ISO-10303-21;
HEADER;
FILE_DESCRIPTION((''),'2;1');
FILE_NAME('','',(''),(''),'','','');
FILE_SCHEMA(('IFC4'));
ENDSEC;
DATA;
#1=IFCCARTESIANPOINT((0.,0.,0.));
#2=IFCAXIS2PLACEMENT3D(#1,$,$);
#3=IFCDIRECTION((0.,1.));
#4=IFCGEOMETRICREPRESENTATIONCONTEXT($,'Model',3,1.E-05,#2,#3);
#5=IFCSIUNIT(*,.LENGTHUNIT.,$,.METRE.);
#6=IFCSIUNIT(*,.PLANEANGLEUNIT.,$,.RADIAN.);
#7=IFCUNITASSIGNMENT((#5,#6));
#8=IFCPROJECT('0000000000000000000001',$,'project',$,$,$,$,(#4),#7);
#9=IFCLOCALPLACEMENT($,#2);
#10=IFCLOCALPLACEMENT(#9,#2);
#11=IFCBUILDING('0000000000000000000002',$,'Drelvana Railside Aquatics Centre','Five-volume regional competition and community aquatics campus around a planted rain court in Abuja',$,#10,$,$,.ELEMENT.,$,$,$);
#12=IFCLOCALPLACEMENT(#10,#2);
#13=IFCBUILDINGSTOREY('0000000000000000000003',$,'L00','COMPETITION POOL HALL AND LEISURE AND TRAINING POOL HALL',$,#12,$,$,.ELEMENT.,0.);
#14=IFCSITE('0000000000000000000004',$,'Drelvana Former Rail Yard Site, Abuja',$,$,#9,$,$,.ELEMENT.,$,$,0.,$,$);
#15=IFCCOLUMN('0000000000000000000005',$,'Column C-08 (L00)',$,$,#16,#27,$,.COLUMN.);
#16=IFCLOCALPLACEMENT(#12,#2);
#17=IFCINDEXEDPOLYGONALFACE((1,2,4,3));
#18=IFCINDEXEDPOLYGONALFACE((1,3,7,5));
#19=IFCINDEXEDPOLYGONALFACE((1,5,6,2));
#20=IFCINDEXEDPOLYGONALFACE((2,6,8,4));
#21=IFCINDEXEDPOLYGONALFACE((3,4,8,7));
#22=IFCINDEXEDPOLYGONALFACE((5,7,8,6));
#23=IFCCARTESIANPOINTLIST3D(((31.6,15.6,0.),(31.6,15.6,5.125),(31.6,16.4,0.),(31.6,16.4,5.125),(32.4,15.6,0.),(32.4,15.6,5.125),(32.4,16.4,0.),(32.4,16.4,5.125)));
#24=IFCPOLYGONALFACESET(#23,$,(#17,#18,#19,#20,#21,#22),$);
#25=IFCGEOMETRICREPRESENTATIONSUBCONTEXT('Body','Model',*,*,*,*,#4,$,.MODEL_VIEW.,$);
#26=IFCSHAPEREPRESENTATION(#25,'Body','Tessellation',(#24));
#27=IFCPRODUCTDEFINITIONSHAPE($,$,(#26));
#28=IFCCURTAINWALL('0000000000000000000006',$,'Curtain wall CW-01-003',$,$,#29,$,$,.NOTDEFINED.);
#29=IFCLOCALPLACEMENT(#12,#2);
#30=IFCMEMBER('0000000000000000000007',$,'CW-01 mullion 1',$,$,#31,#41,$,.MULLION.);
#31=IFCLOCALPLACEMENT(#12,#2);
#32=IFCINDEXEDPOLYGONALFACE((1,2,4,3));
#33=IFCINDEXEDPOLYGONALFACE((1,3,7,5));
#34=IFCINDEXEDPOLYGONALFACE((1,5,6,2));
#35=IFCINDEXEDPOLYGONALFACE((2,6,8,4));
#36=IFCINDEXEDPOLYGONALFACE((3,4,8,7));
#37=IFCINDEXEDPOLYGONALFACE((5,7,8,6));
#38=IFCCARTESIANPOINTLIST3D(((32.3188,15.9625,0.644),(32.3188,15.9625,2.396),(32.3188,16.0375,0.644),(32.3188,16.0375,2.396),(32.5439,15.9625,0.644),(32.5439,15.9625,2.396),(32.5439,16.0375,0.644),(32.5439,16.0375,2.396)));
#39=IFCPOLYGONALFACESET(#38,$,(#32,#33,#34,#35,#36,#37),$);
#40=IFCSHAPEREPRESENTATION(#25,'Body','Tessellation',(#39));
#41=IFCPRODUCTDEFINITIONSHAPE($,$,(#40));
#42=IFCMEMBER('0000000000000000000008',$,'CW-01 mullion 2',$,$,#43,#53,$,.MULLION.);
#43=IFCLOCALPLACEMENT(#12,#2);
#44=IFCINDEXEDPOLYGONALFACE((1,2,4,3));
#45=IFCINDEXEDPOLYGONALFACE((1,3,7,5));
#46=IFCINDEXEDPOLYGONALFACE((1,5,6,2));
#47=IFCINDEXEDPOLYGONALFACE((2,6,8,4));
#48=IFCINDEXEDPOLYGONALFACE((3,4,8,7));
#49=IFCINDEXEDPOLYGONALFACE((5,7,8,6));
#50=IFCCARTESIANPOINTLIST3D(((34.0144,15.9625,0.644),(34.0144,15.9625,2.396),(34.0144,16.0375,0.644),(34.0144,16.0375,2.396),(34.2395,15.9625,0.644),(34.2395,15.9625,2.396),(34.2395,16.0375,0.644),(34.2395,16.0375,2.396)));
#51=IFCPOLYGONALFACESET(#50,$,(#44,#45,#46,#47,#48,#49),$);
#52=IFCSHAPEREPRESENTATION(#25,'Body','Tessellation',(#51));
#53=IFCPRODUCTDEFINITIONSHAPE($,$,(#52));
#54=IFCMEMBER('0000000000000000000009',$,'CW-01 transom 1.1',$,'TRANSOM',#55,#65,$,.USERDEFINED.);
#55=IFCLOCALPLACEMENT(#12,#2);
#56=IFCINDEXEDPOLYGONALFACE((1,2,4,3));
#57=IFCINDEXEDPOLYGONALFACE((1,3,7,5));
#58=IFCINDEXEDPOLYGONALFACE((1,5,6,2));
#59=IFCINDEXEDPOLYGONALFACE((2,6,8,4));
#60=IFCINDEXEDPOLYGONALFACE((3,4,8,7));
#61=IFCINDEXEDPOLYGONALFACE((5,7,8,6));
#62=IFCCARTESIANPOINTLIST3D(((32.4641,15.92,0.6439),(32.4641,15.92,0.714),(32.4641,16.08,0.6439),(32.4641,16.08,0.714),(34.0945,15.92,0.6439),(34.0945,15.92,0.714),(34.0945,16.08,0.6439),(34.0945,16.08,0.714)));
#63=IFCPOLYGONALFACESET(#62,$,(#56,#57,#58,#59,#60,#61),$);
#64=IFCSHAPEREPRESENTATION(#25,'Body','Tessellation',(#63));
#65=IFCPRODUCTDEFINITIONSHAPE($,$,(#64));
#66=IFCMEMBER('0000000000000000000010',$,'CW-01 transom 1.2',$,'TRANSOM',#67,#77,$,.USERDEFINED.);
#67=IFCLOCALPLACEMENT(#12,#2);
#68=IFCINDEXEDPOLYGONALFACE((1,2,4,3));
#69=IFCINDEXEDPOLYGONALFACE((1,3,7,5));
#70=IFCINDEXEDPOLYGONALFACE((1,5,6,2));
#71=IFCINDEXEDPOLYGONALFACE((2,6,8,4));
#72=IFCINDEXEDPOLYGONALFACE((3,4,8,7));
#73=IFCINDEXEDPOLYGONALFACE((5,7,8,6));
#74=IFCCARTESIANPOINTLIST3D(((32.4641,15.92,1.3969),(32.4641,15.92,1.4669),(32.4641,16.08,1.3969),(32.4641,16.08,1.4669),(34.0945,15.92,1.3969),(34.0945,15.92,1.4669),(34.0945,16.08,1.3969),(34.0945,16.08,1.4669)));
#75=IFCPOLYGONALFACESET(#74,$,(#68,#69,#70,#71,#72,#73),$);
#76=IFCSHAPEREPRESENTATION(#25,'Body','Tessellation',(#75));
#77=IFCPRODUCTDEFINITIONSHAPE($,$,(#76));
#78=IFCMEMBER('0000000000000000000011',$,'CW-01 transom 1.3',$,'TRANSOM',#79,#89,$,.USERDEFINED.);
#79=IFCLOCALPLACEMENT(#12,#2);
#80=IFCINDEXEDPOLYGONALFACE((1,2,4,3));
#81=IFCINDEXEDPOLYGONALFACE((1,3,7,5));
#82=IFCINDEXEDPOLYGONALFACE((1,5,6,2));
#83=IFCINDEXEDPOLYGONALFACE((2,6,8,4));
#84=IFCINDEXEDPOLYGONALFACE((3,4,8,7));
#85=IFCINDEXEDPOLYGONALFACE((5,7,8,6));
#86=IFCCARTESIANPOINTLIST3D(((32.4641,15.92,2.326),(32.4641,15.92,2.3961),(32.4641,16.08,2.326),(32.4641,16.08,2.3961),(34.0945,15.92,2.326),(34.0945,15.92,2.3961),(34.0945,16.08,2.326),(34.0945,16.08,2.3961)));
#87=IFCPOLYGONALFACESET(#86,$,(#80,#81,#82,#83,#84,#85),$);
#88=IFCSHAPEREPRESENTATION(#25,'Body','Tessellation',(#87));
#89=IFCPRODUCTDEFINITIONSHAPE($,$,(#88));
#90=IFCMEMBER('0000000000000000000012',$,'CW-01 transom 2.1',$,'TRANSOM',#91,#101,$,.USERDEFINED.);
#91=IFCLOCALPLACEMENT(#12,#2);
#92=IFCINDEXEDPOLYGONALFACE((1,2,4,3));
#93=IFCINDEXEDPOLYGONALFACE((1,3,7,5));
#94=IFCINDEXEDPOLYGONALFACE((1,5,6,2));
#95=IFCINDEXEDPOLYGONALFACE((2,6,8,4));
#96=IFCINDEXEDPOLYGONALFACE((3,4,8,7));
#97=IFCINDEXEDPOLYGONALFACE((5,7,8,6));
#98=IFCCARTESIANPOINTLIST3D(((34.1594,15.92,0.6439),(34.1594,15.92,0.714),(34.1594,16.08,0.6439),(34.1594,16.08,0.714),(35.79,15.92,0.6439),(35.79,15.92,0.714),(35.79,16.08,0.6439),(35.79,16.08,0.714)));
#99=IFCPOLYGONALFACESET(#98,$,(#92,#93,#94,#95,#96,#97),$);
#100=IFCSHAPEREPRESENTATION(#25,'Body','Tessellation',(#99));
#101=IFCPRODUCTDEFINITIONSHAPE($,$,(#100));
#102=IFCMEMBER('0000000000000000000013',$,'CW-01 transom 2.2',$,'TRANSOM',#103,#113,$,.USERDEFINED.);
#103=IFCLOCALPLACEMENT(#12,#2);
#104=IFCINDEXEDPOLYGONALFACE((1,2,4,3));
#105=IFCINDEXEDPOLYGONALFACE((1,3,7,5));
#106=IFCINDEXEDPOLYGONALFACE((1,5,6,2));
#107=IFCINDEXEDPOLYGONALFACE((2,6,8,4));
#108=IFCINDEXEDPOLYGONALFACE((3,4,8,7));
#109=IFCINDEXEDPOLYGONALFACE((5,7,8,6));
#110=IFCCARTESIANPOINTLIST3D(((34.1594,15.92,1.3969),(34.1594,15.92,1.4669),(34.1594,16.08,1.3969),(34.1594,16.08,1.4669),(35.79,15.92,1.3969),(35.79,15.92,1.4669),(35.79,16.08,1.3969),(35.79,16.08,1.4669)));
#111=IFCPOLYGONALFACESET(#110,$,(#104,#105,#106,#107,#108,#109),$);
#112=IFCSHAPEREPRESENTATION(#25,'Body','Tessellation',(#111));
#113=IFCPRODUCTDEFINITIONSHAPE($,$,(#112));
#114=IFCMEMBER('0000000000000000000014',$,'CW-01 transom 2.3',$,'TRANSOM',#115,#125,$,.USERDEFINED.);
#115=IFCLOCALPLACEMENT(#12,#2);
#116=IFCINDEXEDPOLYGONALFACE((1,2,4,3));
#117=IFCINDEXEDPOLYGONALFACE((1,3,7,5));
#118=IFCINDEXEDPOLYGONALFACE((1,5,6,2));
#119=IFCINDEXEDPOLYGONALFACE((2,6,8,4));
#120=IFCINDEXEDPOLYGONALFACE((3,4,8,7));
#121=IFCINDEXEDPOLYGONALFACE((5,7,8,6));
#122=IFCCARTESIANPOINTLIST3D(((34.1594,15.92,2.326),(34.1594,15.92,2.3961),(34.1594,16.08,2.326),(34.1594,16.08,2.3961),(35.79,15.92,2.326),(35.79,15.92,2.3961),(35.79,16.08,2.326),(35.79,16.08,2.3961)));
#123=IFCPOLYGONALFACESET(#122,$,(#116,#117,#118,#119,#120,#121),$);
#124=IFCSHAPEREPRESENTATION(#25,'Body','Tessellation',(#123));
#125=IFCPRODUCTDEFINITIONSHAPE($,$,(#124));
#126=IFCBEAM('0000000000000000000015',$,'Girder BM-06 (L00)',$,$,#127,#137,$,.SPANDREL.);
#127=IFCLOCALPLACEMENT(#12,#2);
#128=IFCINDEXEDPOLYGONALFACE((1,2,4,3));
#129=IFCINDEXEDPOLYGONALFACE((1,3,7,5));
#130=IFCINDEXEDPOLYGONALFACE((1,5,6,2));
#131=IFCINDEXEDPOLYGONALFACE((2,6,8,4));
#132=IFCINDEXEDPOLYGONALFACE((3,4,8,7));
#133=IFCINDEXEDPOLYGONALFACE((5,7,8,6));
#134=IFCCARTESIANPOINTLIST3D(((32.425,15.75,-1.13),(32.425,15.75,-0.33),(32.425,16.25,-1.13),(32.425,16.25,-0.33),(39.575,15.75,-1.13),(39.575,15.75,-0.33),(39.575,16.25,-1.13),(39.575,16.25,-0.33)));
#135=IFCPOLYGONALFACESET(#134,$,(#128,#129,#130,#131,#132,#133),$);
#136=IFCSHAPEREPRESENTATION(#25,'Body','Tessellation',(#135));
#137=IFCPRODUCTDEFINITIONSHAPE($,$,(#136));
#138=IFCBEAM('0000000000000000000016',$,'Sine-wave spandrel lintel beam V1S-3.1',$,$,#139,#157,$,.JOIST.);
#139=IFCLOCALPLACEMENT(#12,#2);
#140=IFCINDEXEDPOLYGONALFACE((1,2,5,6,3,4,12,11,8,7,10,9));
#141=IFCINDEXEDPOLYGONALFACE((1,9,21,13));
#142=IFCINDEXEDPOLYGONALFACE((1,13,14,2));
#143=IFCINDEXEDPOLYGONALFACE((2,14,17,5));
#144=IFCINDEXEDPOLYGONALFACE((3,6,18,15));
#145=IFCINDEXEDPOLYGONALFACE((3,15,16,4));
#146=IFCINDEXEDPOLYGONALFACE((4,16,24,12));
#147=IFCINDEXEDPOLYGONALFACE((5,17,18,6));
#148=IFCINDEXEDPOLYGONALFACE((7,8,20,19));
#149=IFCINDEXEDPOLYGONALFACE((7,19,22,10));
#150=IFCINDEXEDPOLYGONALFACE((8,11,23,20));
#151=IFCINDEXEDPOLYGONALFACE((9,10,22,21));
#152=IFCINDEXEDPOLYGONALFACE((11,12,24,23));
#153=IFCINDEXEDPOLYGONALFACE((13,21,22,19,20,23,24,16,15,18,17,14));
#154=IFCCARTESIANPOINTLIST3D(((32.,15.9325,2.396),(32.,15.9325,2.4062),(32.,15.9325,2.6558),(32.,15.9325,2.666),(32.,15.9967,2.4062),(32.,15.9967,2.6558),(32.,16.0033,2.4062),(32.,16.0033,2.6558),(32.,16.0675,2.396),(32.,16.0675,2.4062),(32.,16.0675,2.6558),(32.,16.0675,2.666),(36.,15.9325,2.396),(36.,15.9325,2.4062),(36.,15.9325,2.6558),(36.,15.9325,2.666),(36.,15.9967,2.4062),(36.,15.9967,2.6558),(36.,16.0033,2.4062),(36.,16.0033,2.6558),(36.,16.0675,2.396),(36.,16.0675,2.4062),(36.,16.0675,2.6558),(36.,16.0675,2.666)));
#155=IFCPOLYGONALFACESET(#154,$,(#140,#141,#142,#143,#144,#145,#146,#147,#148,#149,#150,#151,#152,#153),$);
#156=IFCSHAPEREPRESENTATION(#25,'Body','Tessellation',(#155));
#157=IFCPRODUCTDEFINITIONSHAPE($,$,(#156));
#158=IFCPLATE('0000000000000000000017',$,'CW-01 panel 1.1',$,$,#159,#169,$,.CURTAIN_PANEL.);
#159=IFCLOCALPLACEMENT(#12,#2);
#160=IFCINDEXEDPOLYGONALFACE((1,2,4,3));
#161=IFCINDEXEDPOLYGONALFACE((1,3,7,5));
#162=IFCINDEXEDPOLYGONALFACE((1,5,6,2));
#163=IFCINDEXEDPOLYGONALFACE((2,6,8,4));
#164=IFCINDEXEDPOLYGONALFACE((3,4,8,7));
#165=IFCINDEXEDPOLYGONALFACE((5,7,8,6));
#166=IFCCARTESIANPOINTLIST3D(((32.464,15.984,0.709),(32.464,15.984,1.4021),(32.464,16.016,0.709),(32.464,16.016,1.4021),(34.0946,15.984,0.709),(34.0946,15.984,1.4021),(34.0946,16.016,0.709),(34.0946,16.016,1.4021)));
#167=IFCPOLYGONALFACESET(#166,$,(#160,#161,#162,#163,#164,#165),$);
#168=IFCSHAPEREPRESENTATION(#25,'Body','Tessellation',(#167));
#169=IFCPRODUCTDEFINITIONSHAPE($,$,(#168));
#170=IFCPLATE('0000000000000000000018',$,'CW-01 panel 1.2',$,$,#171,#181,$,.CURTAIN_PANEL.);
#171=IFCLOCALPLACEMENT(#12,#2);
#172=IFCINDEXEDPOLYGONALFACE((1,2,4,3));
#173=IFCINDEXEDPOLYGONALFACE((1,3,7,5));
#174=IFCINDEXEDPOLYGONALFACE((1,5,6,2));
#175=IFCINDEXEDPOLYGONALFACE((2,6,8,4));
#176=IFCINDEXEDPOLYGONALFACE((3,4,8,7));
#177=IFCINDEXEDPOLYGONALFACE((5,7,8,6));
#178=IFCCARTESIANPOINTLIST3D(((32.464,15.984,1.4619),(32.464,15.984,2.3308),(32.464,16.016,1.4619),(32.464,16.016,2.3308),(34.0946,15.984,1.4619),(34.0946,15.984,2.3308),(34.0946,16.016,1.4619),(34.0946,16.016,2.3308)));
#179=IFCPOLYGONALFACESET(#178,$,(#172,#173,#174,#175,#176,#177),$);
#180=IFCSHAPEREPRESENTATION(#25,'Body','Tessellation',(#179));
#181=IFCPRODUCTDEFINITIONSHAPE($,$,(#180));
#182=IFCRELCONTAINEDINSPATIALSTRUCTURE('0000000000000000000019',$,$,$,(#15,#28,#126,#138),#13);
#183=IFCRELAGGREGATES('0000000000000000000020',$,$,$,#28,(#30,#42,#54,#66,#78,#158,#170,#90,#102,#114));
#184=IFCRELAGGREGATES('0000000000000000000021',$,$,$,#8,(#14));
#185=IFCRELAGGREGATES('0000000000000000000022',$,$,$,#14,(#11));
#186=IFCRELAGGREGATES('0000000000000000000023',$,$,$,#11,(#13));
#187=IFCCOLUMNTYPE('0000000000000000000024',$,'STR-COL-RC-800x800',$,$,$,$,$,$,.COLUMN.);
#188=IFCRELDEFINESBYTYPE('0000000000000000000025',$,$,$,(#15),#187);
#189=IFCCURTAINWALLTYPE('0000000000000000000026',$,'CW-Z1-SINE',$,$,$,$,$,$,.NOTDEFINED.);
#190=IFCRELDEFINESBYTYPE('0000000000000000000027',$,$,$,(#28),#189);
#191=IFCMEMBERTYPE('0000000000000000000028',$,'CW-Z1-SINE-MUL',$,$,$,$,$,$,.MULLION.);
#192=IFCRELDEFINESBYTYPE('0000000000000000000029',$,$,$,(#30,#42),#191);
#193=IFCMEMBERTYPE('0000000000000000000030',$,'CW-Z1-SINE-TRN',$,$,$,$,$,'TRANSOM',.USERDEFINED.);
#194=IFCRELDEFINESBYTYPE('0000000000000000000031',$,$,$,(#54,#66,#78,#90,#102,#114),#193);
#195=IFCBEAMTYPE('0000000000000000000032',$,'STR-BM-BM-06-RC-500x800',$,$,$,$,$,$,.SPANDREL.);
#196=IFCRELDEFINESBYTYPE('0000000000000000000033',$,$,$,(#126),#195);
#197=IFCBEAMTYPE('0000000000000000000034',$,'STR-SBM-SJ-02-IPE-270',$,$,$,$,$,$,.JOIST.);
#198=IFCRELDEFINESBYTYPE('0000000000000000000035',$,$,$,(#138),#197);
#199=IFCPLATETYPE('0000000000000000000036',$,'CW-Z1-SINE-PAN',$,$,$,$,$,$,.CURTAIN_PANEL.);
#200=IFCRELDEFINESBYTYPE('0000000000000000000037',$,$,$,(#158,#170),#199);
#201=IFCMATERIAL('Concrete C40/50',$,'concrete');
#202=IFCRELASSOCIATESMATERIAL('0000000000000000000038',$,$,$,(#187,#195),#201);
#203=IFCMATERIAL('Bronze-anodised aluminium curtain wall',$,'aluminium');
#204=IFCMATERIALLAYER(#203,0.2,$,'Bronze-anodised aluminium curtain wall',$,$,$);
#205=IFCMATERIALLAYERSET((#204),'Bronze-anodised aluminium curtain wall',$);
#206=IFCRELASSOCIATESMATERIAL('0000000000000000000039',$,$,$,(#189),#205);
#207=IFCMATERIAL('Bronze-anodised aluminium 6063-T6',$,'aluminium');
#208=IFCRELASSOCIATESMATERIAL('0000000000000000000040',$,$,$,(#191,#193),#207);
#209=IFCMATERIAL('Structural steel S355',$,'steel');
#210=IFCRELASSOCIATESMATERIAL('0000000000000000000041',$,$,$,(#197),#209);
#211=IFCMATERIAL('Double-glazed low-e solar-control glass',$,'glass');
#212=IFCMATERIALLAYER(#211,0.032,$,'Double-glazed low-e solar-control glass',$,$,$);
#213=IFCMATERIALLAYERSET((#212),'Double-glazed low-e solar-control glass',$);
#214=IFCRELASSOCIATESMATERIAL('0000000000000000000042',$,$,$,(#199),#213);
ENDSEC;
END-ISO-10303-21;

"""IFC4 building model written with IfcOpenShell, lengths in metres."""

from ifc_helpers import new_model, si_unit, direction, frame, origin, origin_2d, place, context, subcontext, project, spatial, rectangle, i_section, extrude, material, layer, layer_set, material_profile, profile_set, type_object, element, aggregate, save


model = new_model("IFC4")

# Units and contexts
model_context = context("Model", 3, precision=1e-05, world=origin(), true_north=direction((0.0, 1.0)))
body_context = subcontext(model_context, "Body", "Model", "MODEL_VIEW")
ifc_project = project(units=[si_unit("LENGTHUNIT", "METRE"), si_unit("PLANEANGLEUNIT", "RADIAN")], contexts=[model_context])

# Site, building, storey
site_placement = place(None, origin())
site = spatial("IfcSite", under=ifc_project, at=site_placement, Name="Drelvana Former Rail Yard Site, Abuja", CompositionType="ELEMENT", RefElevation=0.0)
building_placement = place(site_placement, origin())
building = spatial("IfcBuilding", under=site, at=building_placement, Name="Drelvana Railside Aquatics Centre", Description="Five-volume regional competition and community aquatics campus around a planted rain court in Abuja", CompositionType="ELEMENT")
storey_placement = place(building_placement, origin())
storey = spatial("IfcBuildingStorey", under=building, at=storey_placement, Name="L00", Description="COMPETITION POOL HALL AND LEISURE AND TRAINING POOL HALL", CompositionType="ELEMENT", Elevation=0.0)

# Column
ifc_material_1 = material(Name="Concrete C40/50", Category="concrete")
ifc_material_profile_1 = material_profile(ifc_material_1, rectangle(XDim=0.8, YDim=0.8, at=origin_2d()), Name="RC 800x800")
ifc_profile_set_1 = profile_set([ifc_material_profile_1], Name="Concrete C40/50")
column_type = type_object("IfcColumnType", Name="STR-COL-RC-800x800", PredefinedType="COLUMN", material=ifc_profile_set_1)
column_placement = place(storey_placement, frame((32.0, 16.0, 0.0), z_axis=(0.0, 0.0, 1.0), x_axis=(1.0, 0.0, 0.0)))
element("IfcColumn", 1, at=column_placement, inside=storey, type_object=column_type, Name="Column C-08 (L00)", PredefinedType="COLUMN", context=body_context, shape_type="SweptSolid", body=[
    extrude(rectangle(XDim=0.8, YDim=0.8, at=origin_2d()), origin(), (0.0, 0.0, 1.0), 5.125),
])

# Curtain wall, members
ifc_material_2 = material(Name="Bronze-anodised aluminium curtain wall", Category="aluminium")
ifc_layer_1 = layer(ifc_material_2, 0.2, Name="Bronze-anodised aluminium curtain wall")
ifc_layer_set_1 = layer_set([ifc_layer_1], Name="Bronze-anodised aluminium curtain wall")
curtain_wall_type = type_object("IfcCurtainWallType", Name="CW-Z1-SINE", PredefinedType="NOTDEFINED", material=ifc_layer_set_1)
curtain_wall_placement = place(storey_placement, origin())
curtain_wall = element("IfcCurtainWall", 2, at=curtain_wall_placement, inside=storey, type_object=curtain_wall_type, Name="Curtain wall CW-01-003", PredefinedType="NOTDEFINED")
ifc_material_3 = material(Name="Bronze-anodised aluminium 6063-T6", Category="aluminium")
ifc_material_profile_2 = material_profile(ifc_material_3, rectangle(XDim=0.075, YDim=0.2251, at=origin_2d()), Name="ALU-M 75x225")
ifc_profile_set_2 = profile_set([ifc_material_profile_2], Name="Bronze-anodised aluminium 6063-T6")
member_type_1 = type_object("IfcMemberType", Name="CW-Z1-SINE-MUL", PredefinedType="MULLION", material=ifc_profile_set_2)
member_1_placement = place(storey_placement, frame((32.4314, 16.0, 0.644), z_axis=(0.0, 0.0, 1.0), x_axis=(0.0, 1.0, 0.0)))
member_1 = element("IfcMember", 3, at=member_1_placement, type_object=member_type_1, Name="CW-01 mullion 1", PredefinedType="MULLION", context=body_context, shape_type="SweptSolid", body=[
    extrude(rectangle(XDim=0.075, YDim=0.2251, at=origin_2d()), origin(), (0.0, 0.0, 1.0), 1.752),
])
member_2_placement = place(storey_placement, frame((34.127, 16.0, 0.644), z_axis=(0.0, 0.0, 1.0), x_axis=(0.0, 1.0, 0.0)))
member_2 = element("IfcMember", 4, at=member_2_placement, type_object=member_type_1, Name="CW-01 mullion 2", PredefinedType="MULLION", context=body_context, shape_type="SweptSolid", body=[
    extrude(rectangle(XDim=0.075, YDim=0.2251, at=origin_2d()), origin(), (0.0, 0.0, 1.0), 1.752),
])
ifc_material_profile_3 = material_profile(ifc_material_3, rectangle(XDim=0.1599, YDim=0.0701, at=origin_2d()), Name="ALU-T 70x160")
ifc_profile_set_3 = profile_set([ifc_material_profile_3], Name="Bronze-anodised aluminium 6063-T6")
member_type_2 = type_object("IfcMemberType", Name="CW-Z1-SINE-TRN", ElementType="TRANSOM", PredefinedType="USERDEFINED", material=ifc_profile_set_3)
member_3_placement = place(storey_placement, frame((32.4641, 16.0, 0.679), z_axis=(1.0, 0.0, 0.0), x_axis=(0.0, 1.0, 0.0)))
member_3 = element("IfcMember", 5, at=member_3_placement, type_object=member_type_2, Name="CW-01 transom 1.1", ObjectType="TRANSOM", PredefinedType="USERDEFINED", context=body_context, shape_type="SweptSolid", body=[
    extrude(rectangle(XDim=0.1599, YDim=0.0701, at=origin_2d()), origin(), (0.0, 0.0, 1.0), 1.6304),
])
member_4_placement = place(storey_placement, frame((32.4641, 16.0, 1.4319), z_axis=(1.0, 0.0, 0.0), x_axis=(0.0, 1.0, 0.0)))
member_4 = element("IfcMember", 6, at=member_4_placement, type_object=member_type_2, Name="CW-01 transom 1.2", ObjectType="TRANSOM", PredefinedType="USERDEFINED", context=body_context, shape_type="SweptSolid", body=[
    extrude(rectangle(XDim=0.1599, YDim=0.0701, at=origin_2d()), origin(), (0.0, 0.0, 1.0), 1.6304),
])
member_5_placement = place(storey_placement, frame((32.4641, 16.0, 2.3611), z_axis=(1.0, 0.0, 0.0), x_axis=(0.0, 1.0, 0.0)))
member_5 = element("IfcMember", 7, at=member_5_placement, type_object=member_type_2, Name="CW-01 transom 1.3", ObjectType="TRANSOM", PredefinedType="USERDEFINED", context=body_context, shape_type="SweptSolid", body=[
    extrude(rectangle(XDim=0.1599, YDim=0.0701, at=origin_2d()), origin(), (0.0, 0.0, 1.0), 1.6304),
])
member_6_placement = place(storey_placement, frame((34.1594, 16.0, 0.679), z_axis=(1.0, 0.0, 0.0), x_axis=(0.0, 1.0, 0.0)))
member_6 = element("IfcMember", 8, at=member_6_placement, type_object=member_type_2, Name="CW-01 transom 2.1", ObjectType="TRANSOM", PredefinedType="USERDEFINED", context=body_context, shape_type="SweptSolid", body=[
    extrude(rectangle(XDim=0.1599, YDim=0.0701, at=origin_2d()), origin(), (0.0, 0.0, 1.0), 1.6306),
])
member_7_placement = place(storey_placement, frame((34.1594, 16.0, 1.4319), z_axis=(1.0, 0.0, 0.0), x_axis=(0.0, 1.0, 0.0)))
member_7 = element("IfcMember", 9, at=member_7_placement, type_object=member_type_2, Name="CW-01 transom 2.2", ObjectType="TRANSOM", PredefinedType="USERDEFINED", context=body_context, shape_type="SweptSolid", body=[
    extrude(rectangle(XDim=0.1599, YDim=0.0701, at=origin_2d()), origin(), (0.0, 0.0, 1.0), 1.6306),
])
member_8_placement = place(storey_placement, frame((34.1594, 16.0, 2.3611), z_axis=(1.0, 0.0, 0.0), x_axis=(0.0, 1.0, 0.0)))
member_8 = element("IfcMember", 10, at=member_8_placement, type_object=member_type_2, Name="CW-01 transom 2.3", ObjectType="TRANSOM", PredefinedType="USERDEFINED", context=body_context, shape_type="SweptSolid", body=[
    extrude(rectangle(XDim=0.1599, YDim=0.0701, at=origin_2d()), origin(), (0.0, 0.0, 1.0), 1.6306),
])

# Beams
ifc_material_profile_4 = material_profile(ifc_material_1, rectangle(XDim=0.5, YDim=0.8, at=origin_2d()), Name="RC 500x800")
ifc_profile_set_4 = profile_set([ifc_material_profile_4], Name="Concrete C40/50")
beam_type_1 = type_object("IfcBeamType", Name="STR-BM-BM-06-RC-500x800", PredefinedType="SPANDREL", material=ifc_profile_set_4)
beam_1_placement = place(storey_placement, frame((32.425, 16.0, -0.73), z_axis=(1.0, 0.0, 0.0), x_axis=(0.0, 1.0, 0.0)))
element("IfcBeam", 11, at=beam_1_placement, inside=storey, type_object=beam_type_1, Name="Girder BM-06 (L00)", PredefinedType="SPANDREL", context=body_context, shape_type="SweptSolid", body=[
    extrude(rectangle(XDim=0.5, YDim=0.8, at=origin_2d()), origin(), (0.0, 0.0, 1.0), 7.1499),
])
ifc_material_4 = material(Name="Structural steel S355", Category="steel")
ifc_material_profile_5 = material_profile(ifc_material_4, i_section(OverallWidth=0.135, OverallDepth=0.27, WebThickness=0.0066, FlangeThickness=0.0103, at=origin_2d()), Name="IPE 270")
ifc_profile_set_5 = profile_set([ifc_material_profile_5], Name="Structural steel S355")
beam_type_2 = type_object("IfcBeamType", Name="STR-SBM-SJ-02-IPE-270", PredefinedType="JOIST", material=ifc_profile_set_5)
beam_2_placement = place(storey_placement, frame((32.0, 16.0, 2.531), z_axis=(1.0, 0.0, 0.0), x_axis=(0.0, 1.0, 0.0)))
element("IfcBeam", 12, at=beam_2_placement, inside=storey, type_object=beam_type_2, Name="Sine-wave spandrel lintel beam V1S-3.1", PredefinedType="JOIST", context=body_context, shape_type="SweptSolid", body=[
    extrude(i_section(OverallWidth=0.135, OverallDepth=0.27, WebThickness=0.0066, FlangeThickness=0.0103, at=origin_2d()), origin(), (0.0, 0.0, 1.0), 4.0),
])

# Plates
ifc_material_5 = material(Name="Double-glazed low-e solar-control glass", Category="glass")
ifc_layer_2 = layer(ifc_material_5, 0.032, Name="Double-glazed low-e solar-control glass")
ifc_layer_set_2 = layer_set([ifc_layer_2], Name="Double-glazed low-e solar-control glass")
plate_type = type_object("IfcPlateType", Name="CW-Z1-SINE-PAN", PredefinedType="CURTAIN_PANEL", material=ifc_layer_set_2)
plate_1_placement = place(storey_placement, frame((33.2793, 16.0, 0.709), z_axis=(0.0, 0.0, 1.0), x_axis=(1.0, 0.0, 0.0)))
plate_1 = element("IfcPlate", 13, at=plate_1_placement, type_object=plate_type, Name="CW-01 panel 1.1", PredefinedType="CURTAIN_PANEL", context=body_context, shape_type="SweptSolid", body=[
    extrude(rectangle(XDim=1.6306, YDim=0.032, at=origin_2d()), origin(), (0.0, 0.0, 1.0), 0.6931),
])
plate_2_placement = place(storey_placement, frame((33.2793, 16.0, 1.4619), z_axis=(0.0, 0.0, 1.0), x_axis=(1.0, 0.0, 0.0)))
plate_2 = element("IfcPlate", 14, at=plate_2_placement, type_object=plate_type, Name="CW-01 panel 1.2", PredefinedType="CURTAIN_PANEL", context=body_context, shape_type="SweptSolid", body=[
    extrude(rectangle(XDim=1.6306, YDim=0.032, at=origin_2d()), origin(), (0.0, 0.0, 1.0), 0.8689),
])
aggregate(curtain_wall, [member_1, member_2, member_3, member_4, member_5, plate_1, plate_2, member_6, member_7, member_8])

save(model, "model.ifc")
